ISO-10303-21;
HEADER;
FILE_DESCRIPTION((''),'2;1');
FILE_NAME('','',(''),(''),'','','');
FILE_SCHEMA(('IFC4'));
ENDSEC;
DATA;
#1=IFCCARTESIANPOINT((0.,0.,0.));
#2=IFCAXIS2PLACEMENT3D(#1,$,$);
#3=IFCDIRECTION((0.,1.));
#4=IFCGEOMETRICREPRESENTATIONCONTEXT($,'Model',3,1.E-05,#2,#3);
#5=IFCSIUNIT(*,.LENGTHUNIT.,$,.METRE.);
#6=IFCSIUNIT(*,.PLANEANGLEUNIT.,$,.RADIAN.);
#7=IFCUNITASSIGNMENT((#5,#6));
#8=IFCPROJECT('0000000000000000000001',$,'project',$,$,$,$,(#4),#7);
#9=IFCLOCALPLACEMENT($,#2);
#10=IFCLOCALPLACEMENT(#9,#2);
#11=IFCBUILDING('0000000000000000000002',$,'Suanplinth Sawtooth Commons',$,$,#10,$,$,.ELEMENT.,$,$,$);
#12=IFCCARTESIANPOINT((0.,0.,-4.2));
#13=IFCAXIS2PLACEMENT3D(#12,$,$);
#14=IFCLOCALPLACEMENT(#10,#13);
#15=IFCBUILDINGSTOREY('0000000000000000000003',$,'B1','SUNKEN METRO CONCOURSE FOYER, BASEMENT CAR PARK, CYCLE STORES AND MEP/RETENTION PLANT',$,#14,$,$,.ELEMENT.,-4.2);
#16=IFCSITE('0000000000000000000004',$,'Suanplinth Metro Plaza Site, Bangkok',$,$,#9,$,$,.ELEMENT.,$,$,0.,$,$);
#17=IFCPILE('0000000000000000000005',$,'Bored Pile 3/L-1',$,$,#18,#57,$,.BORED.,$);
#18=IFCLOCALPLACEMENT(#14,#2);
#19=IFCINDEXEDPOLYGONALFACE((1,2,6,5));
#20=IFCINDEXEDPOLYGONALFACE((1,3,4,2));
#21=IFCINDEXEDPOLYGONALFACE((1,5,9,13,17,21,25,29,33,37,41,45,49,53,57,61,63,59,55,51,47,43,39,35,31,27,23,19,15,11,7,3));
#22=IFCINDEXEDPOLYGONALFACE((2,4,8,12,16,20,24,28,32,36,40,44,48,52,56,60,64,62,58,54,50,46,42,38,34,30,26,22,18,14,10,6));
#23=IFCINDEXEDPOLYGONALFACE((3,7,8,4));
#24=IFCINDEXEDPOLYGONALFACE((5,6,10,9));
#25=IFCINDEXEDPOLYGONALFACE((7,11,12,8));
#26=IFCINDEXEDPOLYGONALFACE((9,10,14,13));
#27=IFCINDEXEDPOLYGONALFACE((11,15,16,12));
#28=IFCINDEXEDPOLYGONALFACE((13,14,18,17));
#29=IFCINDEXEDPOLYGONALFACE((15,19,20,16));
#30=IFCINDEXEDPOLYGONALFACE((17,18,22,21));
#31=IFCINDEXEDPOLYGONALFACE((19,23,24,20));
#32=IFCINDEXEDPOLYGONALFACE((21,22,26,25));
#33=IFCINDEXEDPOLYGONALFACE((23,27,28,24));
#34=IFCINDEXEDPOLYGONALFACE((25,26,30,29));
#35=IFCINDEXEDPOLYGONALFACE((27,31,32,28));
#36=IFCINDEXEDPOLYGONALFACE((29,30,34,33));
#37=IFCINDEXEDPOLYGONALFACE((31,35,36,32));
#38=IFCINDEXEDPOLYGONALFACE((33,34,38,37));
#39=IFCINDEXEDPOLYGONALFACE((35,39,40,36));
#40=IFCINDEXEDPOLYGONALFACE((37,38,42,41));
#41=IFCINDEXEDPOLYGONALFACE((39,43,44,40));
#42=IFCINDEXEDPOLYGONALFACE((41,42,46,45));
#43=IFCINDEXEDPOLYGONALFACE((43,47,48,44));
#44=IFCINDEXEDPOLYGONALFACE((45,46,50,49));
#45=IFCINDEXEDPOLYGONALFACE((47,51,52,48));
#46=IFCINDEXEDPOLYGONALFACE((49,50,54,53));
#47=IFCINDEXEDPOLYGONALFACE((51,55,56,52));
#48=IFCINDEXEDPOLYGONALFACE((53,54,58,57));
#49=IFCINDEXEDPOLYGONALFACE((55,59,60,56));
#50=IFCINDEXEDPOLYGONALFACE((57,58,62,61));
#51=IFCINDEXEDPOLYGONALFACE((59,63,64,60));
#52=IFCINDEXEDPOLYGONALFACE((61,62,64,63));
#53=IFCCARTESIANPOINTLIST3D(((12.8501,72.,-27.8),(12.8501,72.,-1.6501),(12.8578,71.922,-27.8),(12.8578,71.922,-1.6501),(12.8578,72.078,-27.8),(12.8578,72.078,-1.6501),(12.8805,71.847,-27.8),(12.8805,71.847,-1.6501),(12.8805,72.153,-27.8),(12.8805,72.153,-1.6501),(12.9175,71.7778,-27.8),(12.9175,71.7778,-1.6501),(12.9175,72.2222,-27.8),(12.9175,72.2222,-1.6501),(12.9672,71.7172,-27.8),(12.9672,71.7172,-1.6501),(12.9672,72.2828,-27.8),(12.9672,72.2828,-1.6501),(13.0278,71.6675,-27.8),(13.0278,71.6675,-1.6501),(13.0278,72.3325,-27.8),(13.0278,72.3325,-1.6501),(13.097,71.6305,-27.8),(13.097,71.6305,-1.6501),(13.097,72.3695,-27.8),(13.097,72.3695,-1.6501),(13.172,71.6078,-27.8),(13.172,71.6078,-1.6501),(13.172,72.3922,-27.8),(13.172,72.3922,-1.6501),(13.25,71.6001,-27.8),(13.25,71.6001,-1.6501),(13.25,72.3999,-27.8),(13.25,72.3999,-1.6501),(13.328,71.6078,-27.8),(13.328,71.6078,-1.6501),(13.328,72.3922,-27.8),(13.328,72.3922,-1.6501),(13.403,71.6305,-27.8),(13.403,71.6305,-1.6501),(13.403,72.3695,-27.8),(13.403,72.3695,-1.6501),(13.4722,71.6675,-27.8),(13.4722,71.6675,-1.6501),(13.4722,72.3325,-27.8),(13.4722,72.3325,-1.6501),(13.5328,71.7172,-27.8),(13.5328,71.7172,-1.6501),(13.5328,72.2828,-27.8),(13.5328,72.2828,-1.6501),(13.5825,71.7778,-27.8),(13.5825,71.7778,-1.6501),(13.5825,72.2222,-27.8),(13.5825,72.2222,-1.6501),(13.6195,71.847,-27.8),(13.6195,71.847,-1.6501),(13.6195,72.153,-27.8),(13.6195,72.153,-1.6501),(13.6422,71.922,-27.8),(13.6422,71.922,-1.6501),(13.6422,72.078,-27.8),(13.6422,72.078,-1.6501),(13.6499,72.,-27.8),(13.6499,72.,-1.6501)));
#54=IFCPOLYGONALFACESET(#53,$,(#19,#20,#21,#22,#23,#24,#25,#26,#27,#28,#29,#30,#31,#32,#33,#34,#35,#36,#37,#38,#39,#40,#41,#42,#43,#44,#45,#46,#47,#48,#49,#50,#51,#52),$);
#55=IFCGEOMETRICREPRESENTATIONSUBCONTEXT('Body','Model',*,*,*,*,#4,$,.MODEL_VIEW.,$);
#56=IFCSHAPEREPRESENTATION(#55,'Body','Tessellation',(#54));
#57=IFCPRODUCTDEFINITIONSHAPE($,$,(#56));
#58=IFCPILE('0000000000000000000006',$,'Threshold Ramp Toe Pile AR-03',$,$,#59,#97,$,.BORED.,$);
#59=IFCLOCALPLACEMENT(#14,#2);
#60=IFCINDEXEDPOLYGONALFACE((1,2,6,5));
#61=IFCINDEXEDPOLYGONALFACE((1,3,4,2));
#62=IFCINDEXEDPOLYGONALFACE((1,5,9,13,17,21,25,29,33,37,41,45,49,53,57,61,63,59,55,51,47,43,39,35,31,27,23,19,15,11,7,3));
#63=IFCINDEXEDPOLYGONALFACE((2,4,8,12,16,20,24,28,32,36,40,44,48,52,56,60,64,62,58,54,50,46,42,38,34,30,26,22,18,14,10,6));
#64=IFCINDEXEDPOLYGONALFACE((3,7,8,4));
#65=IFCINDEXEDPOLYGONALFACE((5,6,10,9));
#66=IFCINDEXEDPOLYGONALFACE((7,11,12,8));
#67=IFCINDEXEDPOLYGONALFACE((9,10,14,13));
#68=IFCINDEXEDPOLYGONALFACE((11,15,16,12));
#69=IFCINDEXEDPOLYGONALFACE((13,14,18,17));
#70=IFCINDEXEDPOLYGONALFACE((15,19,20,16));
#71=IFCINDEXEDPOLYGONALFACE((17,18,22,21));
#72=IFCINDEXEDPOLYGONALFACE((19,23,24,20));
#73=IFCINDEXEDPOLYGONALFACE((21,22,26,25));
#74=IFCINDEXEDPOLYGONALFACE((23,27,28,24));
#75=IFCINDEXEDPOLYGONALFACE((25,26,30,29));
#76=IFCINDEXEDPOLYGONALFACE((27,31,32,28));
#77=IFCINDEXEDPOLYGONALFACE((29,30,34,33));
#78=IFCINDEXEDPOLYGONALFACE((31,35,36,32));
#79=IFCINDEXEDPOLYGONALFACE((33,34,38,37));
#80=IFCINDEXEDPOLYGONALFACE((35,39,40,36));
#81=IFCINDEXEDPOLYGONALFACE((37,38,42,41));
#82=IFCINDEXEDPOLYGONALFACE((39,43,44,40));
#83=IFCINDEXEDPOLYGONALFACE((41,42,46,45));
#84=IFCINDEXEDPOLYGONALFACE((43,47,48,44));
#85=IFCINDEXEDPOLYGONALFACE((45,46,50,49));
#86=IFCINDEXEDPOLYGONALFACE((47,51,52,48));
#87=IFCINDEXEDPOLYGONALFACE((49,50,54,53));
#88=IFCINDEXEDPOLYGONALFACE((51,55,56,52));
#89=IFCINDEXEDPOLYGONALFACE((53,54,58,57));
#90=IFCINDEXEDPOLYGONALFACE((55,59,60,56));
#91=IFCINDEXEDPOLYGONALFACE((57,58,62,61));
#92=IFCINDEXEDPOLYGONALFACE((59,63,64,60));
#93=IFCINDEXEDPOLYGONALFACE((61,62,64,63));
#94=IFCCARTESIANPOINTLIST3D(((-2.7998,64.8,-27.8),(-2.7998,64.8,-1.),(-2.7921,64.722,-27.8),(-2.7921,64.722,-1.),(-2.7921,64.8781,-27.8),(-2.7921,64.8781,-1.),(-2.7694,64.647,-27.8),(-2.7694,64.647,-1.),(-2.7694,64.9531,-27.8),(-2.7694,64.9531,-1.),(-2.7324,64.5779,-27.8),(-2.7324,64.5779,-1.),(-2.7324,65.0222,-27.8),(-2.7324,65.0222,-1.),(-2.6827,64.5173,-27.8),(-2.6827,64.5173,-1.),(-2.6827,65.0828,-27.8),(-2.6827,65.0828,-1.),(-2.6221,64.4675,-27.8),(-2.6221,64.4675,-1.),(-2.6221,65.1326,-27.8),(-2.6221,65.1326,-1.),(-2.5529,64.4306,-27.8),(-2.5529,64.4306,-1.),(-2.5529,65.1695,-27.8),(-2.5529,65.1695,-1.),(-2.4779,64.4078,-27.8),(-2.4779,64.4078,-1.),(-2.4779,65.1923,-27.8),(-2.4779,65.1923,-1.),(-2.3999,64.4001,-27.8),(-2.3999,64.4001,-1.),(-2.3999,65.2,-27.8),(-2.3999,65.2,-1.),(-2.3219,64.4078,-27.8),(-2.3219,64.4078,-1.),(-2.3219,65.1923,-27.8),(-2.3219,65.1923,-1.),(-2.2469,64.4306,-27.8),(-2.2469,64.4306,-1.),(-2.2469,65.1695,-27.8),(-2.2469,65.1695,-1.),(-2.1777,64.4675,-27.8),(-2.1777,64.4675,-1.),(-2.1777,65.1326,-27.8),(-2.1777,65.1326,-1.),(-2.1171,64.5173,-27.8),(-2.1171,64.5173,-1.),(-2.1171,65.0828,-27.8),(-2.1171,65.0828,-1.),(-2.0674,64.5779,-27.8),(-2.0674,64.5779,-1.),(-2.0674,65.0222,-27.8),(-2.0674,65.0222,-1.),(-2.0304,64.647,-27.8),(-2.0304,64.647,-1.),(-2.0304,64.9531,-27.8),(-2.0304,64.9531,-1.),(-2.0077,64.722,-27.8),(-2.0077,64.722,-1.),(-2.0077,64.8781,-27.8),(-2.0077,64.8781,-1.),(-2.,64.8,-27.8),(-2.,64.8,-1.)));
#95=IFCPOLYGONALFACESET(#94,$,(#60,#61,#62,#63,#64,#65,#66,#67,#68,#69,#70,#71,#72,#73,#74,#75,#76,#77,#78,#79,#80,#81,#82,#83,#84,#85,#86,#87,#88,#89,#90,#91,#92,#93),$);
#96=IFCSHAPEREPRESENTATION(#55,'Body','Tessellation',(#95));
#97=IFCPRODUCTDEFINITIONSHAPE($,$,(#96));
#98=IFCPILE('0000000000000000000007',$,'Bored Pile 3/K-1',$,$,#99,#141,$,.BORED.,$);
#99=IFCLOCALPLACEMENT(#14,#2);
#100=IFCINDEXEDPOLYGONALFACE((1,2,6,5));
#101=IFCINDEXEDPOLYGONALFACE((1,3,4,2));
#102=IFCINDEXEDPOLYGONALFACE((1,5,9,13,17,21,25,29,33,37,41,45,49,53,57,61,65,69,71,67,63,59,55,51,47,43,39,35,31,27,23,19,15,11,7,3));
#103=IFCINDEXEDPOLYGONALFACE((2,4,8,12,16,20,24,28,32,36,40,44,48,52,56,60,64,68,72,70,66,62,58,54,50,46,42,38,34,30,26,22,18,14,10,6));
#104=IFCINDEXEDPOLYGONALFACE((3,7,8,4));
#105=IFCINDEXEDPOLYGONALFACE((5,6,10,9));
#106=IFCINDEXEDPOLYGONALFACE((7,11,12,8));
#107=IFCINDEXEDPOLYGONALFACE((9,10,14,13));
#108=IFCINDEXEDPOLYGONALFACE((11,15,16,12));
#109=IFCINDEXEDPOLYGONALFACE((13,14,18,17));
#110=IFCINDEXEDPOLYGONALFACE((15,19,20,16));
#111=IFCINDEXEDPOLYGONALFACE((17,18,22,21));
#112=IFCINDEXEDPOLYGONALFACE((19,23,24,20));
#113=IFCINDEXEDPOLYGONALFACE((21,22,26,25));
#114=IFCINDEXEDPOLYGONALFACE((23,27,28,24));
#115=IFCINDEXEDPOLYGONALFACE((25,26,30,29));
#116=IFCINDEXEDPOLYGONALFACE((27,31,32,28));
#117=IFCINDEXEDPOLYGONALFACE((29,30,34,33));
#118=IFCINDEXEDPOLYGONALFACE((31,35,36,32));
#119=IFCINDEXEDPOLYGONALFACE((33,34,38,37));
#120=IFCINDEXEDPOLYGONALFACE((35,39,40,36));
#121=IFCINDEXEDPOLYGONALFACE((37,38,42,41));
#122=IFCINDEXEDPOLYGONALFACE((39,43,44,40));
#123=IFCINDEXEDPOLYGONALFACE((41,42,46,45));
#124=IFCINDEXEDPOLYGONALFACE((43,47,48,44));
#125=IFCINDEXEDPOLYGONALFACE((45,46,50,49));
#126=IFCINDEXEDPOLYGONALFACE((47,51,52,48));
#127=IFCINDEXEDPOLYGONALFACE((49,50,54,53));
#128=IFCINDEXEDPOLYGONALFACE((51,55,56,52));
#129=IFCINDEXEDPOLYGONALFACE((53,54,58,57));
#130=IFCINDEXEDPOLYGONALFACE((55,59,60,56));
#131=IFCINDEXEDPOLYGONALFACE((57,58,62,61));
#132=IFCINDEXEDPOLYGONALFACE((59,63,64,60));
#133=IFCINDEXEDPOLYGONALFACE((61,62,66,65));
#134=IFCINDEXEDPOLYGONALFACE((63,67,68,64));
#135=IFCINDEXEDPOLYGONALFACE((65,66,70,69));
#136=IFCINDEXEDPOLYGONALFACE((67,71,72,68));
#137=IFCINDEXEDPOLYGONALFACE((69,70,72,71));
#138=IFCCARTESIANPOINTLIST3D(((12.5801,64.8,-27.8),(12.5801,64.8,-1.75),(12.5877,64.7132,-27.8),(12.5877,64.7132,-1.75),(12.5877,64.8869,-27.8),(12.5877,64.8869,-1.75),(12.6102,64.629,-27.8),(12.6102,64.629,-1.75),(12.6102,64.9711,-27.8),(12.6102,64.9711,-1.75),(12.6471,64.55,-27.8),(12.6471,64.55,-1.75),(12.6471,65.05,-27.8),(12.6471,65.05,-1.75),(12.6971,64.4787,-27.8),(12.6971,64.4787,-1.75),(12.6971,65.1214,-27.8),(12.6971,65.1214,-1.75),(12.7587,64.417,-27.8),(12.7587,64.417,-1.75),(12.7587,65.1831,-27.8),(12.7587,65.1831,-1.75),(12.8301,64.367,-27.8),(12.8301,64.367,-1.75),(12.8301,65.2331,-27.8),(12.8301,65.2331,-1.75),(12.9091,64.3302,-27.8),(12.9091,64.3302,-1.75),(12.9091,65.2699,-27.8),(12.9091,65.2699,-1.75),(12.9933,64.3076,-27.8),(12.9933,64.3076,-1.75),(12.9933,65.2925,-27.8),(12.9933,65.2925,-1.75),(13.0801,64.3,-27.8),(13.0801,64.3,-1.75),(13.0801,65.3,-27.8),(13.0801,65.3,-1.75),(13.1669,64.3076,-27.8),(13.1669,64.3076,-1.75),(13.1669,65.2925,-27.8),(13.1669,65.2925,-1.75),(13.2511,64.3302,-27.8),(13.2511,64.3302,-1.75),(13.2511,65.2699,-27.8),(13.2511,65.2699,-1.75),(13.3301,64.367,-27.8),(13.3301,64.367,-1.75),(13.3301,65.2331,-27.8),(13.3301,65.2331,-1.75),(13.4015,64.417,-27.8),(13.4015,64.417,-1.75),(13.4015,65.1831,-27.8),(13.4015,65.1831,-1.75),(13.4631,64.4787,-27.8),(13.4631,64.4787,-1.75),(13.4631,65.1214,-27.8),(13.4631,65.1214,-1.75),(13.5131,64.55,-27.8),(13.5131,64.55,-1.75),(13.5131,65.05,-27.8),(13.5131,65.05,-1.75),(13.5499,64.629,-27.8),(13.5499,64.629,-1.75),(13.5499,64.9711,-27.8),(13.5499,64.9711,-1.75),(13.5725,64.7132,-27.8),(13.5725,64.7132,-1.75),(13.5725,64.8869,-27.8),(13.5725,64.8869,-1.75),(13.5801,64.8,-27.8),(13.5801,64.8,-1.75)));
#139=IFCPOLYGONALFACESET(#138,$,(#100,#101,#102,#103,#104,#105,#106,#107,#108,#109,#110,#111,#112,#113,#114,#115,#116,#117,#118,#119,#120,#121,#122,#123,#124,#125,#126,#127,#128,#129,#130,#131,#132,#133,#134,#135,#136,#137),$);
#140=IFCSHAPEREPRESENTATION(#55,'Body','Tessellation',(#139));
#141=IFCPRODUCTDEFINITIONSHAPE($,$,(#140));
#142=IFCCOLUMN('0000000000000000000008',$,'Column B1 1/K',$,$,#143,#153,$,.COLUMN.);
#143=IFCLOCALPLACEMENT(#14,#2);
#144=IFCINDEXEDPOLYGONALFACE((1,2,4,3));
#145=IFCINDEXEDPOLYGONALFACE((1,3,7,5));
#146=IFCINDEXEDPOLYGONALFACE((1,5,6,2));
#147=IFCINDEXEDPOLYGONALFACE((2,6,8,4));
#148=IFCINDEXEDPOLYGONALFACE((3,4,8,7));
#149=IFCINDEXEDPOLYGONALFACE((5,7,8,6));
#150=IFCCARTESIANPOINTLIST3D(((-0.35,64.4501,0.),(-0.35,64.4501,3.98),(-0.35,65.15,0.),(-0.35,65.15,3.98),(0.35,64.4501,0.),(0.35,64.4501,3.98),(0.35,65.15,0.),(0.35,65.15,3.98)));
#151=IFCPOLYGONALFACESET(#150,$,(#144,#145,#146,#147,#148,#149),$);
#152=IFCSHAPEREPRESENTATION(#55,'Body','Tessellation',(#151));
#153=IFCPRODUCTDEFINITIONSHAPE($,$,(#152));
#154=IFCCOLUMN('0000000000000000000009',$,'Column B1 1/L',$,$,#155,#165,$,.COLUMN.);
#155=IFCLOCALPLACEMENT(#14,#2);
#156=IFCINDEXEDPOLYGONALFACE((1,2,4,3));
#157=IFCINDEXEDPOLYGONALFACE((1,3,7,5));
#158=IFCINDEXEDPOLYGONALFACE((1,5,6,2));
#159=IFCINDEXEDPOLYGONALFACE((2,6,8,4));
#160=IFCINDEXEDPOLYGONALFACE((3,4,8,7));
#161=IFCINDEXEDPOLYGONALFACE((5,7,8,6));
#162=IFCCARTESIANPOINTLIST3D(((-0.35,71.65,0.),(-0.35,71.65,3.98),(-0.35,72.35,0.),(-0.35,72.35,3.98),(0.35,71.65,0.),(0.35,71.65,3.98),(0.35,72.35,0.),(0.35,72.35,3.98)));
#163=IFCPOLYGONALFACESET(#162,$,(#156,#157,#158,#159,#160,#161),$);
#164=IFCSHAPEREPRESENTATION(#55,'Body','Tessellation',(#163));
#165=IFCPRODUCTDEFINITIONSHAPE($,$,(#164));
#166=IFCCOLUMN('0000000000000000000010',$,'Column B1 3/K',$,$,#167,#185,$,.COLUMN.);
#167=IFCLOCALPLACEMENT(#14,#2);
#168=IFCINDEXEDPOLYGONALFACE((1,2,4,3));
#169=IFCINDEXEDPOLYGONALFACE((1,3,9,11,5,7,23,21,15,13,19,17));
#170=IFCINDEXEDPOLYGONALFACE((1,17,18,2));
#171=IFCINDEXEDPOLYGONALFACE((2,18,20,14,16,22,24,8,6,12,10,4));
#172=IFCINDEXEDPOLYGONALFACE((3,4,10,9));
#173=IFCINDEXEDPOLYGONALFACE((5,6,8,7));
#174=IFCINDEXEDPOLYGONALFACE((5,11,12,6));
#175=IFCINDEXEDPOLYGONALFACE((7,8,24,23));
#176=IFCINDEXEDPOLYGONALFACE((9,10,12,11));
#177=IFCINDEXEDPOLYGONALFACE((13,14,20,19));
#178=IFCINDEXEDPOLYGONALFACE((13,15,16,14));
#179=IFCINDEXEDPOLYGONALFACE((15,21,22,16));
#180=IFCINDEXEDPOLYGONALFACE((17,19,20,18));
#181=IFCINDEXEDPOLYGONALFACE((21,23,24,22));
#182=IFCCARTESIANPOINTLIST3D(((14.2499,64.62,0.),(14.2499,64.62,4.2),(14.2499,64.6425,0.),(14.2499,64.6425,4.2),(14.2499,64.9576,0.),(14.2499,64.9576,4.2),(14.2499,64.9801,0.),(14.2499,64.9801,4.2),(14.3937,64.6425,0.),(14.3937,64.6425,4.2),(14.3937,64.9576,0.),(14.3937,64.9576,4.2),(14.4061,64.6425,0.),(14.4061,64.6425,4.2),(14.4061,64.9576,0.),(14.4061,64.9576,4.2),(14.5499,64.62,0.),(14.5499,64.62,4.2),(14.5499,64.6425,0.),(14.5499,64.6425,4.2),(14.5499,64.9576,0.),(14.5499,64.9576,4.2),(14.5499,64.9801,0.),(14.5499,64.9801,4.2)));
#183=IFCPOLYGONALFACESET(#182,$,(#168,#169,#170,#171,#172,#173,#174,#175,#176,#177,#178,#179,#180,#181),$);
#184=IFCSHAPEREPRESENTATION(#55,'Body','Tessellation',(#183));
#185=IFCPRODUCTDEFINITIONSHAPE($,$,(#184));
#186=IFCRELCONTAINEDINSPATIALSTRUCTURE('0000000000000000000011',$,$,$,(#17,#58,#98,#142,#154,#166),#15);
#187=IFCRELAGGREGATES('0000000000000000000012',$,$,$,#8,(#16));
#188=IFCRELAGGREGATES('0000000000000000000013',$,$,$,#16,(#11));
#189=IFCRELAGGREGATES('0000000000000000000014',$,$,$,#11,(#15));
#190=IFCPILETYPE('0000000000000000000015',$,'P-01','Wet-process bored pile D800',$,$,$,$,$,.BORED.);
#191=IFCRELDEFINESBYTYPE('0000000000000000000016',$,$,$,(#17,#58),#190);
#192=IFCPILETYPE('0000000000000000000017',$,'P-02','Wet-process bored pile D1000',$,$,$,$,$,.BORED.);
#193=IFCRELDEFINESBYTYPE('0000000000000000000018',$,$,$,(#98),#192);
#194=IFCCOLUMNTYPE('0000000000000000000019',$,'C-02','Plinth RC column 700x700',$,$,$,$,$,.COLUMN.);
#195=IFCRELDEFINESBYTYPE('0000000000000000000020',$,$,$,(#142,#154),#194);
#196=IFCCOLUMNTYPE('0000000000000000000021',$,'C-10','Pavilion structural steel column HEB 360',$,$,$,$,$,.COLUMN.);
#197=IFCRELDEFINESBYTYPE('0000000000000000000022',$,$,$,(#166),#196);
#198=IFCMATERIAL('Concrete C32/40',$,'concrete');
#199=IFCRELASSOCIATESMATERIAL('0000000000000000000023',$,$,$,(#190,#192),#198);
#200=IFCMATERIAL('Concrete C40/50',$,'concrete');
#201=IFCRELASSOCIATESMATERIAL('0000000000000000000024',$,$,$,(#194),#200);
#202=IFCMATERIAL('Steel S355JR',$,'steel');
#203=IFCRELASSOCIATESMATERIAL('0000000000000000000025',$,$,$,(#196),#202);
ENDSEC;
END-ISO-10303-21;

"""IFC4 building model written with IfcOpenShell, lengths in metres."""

from ifc_helpers import new_model, si_unit, direction, frame, origin, origin_2d, place, context, subcontext, project, spatial, rectangle, circle, i_section, extrude, material, material_profile, profile_set, type_object, element, save


model = new_model("IFC4")

# Units and contexts
model_context = context("Model", 3, precision=1e-05, world=origin(), true_north=direction((0.0, 1.0)))
body_context = subcontext(model_context, "Body", "Model", "MODEL_VIEW")
ifc_project = project(units=[si_unit("LENGTHUNIT", "METRE"), si_unit("PLANEANGLEUNIT", "RADIAN")], contexts=[model_context])

# Site, building, storey
site_placement = place(None, origin())
site = spatial("IfcSite", under=ifc_project, at=site_placement, Name="Suanplinth Metro Plaza Site, Bangkok", CompositionType="ELEMENT", RefElevation=0.0)
building_placement = place(site_placement, origin())
building = spatial("IfcBuilding", under=site, at=building_placement, Name="Suanplinth Sawtooth Commons", CompositionType="ELEMENT")
storey_placement = place(building_placement, frame((0.0, 0.0, -4.2)))
storey = spatial("IfcBuildingStorey", under=building, at=storey_placement, Name="B1", Description="SUNKEN METRO CONCOURSE FOYER, BASEMENT CAR PARK, CYCLE STORES AND MEP/RETENTION PLANT", CompositionType="ELEMENT", Elevation=-4.2)

# Piles
ifc_material_1 = material(Name="Concrete C32/40", Category="concrete")
ifc_material_profile_1 = material_profile(ifc_material_1, circle(Radius=0.3999, at=origin_2d()), Name="PILE D800")
ifc_profile_set_1 = profile_set([ifc_material_profile_1], Name="Concrete C32/40")
pile_type_1 = type_object("IfcPileType", Name="P-01", Description="Wet-process bored pile D800", PredefinedType="BORED", material=ifc_profile_set_1)
pile_1_placement = place(storey_placement, frame((13.25, 72.0, -1.6501), z_axis=(0.0, 0.0, -1.0), x_axis=(1.0, 0.0, 0.0)))
element("IfcPile", 1, at=pile_1_placement, inside=storey, type_object=pile_type_1, Name="Bored Pile 3/L-1", PredefinedType="BORED", context=body_context, shape_type="SweptSolid", body=[
    extrude(circle(Radius=0.3999, at=origin_2d()), origin(), (0.0, 0.0, 1.0), 26.1499),
])
pile_2_placement = place(storey_placement, frame((-2.3999, 64.8, -1.0), z_axis=(0.0, 0.0, -1.0), x_axis=(1.0, 0.0, 0.0)))
element("IfcPile", 2, at=pile_2_placement, inside=storey, type_object=pile_type_1, Name="Threshold Ramp Toe Pile AR-03", PredefinedType="BORED", context=body_context, shape_type="SweptSolid", body=[
    extrude(circle(Radius=0.3999, at=origin_2d()), origin(), (0.0, 0.0, 1.0), 26.8),
])
ifc_material_profile_2 = material_profile(ifc_material_1, circle(Radius=0.5, at=origin_2d()), Name="PILE D1000")
ifc_profile_set_2 = profile_set([ifc_material_profile_2], Name="Concrete C32/40")
pile_type_2 = type_object("IfcPileType", Name="P-02", Description="Wet-process bored pile D1000", PredefinedType="BORED", material=ifc_profile_set_2)
pile_3_placement = place(storey_placement, frame((13.0801, 64.8, -1.75), z_axis=(0.0, 0.0, -1.0), x_axis=(1.0, 0.0, 0.0)))
element("IfcPile", 3, at=pile_3_placement, inside=storey, type_object=pile_type_2, Name="Bored Pile 3/K-1", PredefinedType="BORED", context=body_context, shape_type="SweptSolid", body=[
    extrude(circle(Radius=0.5, at=origin_2d()), origin(), (0.0, 0.0, 1.0), 26.05),
])

# Columns
ifc_material_2 = material(Name="Concrete C40/50", Category="concrete")
ifc_material_profile_3 = material_profile(ifc_material_2, rectangle(XDim=0.7, YDim=0.7, at=origin_2d()), Name="RC-COL 700x700")
ifc_profile_set_3 = profile_set([ifc_material_profile_3], Name="Concrete C40/50")
column_type_1 = type_object("IfcColumnType", Name="C-02", Description="Plinth RC column 700x700", PredefinedType="COLUMN", material=ifc_profile_set_3)
for number, where, z_axis, x_axis, name in (
    (4, (0.0, 64.8, 0.0), (0.0, 0.0, 1.0), (1.0, 0.0, 0.0), "Column B1 1/K"),
    (5, (0.0, 72.0, 0.0), (0.0, 0.0, 1.0), (1.0, 0.0, 0.0), "Column B1 1/L"),
):
    element("IfcColumn", number, at=place(storey_placement, frame(where, z_axis=z_axis, x_axis=x_axis)), inside=storey, type_object=column_type_1, Name=name, PredefinedType="COLUMN", context=body_context, shape_type="SweptSolid", body=[
        extrude(rectangle(XDim=0.7, YDim=0.7, at=origin_2d()), origin(), (0.0, 0.0, 1.0), 3.98),
    ])
ifc_material_3 = material(Name="Steel S355JR", Category="steel")
ifc_material_profile_4 = material_profile(ifc_material_3, i_section(OverallWidth=0.3, OverallDepth=0.3601, WebThickness=0.0125, FlangeThickness=0.0225, at=origin_2d()), Name="HEB 360")
ifc_profile_set_4 = profile_set([ifc_material_profile_4], Name="Steel S355JR")
column_type_2 = type_object("IfcColumnType", Name="C-10", Description="Pavilion structural steel column HEB 360", PredefinedType="COLUMN", material=ifc_profile_set_4)
column_placement = place(storey_placement, frame((14.3999, 64.8, 0.0), z_axis=(0.0, 0.0, 1.0), x_axis=(1.0, 0.0, 0.0)))
element("IfcColumn", 6, at=column_placement, inside=storey, type_object=column_type_2, Name="Column B1 3/K", PredefinedType="COLUMN", context=body_context, shape_type="SweptSolid", body=[
    extrude(i_section(OverallWidth=0.3, OverallDepth=0.3601, WebThickness=0.0125, FlangeThickness=0.0225, at=origin_2d()), origin(), (0.0, 0.0, 1.0), 4.2),
])

save(model, "model.ifc")
